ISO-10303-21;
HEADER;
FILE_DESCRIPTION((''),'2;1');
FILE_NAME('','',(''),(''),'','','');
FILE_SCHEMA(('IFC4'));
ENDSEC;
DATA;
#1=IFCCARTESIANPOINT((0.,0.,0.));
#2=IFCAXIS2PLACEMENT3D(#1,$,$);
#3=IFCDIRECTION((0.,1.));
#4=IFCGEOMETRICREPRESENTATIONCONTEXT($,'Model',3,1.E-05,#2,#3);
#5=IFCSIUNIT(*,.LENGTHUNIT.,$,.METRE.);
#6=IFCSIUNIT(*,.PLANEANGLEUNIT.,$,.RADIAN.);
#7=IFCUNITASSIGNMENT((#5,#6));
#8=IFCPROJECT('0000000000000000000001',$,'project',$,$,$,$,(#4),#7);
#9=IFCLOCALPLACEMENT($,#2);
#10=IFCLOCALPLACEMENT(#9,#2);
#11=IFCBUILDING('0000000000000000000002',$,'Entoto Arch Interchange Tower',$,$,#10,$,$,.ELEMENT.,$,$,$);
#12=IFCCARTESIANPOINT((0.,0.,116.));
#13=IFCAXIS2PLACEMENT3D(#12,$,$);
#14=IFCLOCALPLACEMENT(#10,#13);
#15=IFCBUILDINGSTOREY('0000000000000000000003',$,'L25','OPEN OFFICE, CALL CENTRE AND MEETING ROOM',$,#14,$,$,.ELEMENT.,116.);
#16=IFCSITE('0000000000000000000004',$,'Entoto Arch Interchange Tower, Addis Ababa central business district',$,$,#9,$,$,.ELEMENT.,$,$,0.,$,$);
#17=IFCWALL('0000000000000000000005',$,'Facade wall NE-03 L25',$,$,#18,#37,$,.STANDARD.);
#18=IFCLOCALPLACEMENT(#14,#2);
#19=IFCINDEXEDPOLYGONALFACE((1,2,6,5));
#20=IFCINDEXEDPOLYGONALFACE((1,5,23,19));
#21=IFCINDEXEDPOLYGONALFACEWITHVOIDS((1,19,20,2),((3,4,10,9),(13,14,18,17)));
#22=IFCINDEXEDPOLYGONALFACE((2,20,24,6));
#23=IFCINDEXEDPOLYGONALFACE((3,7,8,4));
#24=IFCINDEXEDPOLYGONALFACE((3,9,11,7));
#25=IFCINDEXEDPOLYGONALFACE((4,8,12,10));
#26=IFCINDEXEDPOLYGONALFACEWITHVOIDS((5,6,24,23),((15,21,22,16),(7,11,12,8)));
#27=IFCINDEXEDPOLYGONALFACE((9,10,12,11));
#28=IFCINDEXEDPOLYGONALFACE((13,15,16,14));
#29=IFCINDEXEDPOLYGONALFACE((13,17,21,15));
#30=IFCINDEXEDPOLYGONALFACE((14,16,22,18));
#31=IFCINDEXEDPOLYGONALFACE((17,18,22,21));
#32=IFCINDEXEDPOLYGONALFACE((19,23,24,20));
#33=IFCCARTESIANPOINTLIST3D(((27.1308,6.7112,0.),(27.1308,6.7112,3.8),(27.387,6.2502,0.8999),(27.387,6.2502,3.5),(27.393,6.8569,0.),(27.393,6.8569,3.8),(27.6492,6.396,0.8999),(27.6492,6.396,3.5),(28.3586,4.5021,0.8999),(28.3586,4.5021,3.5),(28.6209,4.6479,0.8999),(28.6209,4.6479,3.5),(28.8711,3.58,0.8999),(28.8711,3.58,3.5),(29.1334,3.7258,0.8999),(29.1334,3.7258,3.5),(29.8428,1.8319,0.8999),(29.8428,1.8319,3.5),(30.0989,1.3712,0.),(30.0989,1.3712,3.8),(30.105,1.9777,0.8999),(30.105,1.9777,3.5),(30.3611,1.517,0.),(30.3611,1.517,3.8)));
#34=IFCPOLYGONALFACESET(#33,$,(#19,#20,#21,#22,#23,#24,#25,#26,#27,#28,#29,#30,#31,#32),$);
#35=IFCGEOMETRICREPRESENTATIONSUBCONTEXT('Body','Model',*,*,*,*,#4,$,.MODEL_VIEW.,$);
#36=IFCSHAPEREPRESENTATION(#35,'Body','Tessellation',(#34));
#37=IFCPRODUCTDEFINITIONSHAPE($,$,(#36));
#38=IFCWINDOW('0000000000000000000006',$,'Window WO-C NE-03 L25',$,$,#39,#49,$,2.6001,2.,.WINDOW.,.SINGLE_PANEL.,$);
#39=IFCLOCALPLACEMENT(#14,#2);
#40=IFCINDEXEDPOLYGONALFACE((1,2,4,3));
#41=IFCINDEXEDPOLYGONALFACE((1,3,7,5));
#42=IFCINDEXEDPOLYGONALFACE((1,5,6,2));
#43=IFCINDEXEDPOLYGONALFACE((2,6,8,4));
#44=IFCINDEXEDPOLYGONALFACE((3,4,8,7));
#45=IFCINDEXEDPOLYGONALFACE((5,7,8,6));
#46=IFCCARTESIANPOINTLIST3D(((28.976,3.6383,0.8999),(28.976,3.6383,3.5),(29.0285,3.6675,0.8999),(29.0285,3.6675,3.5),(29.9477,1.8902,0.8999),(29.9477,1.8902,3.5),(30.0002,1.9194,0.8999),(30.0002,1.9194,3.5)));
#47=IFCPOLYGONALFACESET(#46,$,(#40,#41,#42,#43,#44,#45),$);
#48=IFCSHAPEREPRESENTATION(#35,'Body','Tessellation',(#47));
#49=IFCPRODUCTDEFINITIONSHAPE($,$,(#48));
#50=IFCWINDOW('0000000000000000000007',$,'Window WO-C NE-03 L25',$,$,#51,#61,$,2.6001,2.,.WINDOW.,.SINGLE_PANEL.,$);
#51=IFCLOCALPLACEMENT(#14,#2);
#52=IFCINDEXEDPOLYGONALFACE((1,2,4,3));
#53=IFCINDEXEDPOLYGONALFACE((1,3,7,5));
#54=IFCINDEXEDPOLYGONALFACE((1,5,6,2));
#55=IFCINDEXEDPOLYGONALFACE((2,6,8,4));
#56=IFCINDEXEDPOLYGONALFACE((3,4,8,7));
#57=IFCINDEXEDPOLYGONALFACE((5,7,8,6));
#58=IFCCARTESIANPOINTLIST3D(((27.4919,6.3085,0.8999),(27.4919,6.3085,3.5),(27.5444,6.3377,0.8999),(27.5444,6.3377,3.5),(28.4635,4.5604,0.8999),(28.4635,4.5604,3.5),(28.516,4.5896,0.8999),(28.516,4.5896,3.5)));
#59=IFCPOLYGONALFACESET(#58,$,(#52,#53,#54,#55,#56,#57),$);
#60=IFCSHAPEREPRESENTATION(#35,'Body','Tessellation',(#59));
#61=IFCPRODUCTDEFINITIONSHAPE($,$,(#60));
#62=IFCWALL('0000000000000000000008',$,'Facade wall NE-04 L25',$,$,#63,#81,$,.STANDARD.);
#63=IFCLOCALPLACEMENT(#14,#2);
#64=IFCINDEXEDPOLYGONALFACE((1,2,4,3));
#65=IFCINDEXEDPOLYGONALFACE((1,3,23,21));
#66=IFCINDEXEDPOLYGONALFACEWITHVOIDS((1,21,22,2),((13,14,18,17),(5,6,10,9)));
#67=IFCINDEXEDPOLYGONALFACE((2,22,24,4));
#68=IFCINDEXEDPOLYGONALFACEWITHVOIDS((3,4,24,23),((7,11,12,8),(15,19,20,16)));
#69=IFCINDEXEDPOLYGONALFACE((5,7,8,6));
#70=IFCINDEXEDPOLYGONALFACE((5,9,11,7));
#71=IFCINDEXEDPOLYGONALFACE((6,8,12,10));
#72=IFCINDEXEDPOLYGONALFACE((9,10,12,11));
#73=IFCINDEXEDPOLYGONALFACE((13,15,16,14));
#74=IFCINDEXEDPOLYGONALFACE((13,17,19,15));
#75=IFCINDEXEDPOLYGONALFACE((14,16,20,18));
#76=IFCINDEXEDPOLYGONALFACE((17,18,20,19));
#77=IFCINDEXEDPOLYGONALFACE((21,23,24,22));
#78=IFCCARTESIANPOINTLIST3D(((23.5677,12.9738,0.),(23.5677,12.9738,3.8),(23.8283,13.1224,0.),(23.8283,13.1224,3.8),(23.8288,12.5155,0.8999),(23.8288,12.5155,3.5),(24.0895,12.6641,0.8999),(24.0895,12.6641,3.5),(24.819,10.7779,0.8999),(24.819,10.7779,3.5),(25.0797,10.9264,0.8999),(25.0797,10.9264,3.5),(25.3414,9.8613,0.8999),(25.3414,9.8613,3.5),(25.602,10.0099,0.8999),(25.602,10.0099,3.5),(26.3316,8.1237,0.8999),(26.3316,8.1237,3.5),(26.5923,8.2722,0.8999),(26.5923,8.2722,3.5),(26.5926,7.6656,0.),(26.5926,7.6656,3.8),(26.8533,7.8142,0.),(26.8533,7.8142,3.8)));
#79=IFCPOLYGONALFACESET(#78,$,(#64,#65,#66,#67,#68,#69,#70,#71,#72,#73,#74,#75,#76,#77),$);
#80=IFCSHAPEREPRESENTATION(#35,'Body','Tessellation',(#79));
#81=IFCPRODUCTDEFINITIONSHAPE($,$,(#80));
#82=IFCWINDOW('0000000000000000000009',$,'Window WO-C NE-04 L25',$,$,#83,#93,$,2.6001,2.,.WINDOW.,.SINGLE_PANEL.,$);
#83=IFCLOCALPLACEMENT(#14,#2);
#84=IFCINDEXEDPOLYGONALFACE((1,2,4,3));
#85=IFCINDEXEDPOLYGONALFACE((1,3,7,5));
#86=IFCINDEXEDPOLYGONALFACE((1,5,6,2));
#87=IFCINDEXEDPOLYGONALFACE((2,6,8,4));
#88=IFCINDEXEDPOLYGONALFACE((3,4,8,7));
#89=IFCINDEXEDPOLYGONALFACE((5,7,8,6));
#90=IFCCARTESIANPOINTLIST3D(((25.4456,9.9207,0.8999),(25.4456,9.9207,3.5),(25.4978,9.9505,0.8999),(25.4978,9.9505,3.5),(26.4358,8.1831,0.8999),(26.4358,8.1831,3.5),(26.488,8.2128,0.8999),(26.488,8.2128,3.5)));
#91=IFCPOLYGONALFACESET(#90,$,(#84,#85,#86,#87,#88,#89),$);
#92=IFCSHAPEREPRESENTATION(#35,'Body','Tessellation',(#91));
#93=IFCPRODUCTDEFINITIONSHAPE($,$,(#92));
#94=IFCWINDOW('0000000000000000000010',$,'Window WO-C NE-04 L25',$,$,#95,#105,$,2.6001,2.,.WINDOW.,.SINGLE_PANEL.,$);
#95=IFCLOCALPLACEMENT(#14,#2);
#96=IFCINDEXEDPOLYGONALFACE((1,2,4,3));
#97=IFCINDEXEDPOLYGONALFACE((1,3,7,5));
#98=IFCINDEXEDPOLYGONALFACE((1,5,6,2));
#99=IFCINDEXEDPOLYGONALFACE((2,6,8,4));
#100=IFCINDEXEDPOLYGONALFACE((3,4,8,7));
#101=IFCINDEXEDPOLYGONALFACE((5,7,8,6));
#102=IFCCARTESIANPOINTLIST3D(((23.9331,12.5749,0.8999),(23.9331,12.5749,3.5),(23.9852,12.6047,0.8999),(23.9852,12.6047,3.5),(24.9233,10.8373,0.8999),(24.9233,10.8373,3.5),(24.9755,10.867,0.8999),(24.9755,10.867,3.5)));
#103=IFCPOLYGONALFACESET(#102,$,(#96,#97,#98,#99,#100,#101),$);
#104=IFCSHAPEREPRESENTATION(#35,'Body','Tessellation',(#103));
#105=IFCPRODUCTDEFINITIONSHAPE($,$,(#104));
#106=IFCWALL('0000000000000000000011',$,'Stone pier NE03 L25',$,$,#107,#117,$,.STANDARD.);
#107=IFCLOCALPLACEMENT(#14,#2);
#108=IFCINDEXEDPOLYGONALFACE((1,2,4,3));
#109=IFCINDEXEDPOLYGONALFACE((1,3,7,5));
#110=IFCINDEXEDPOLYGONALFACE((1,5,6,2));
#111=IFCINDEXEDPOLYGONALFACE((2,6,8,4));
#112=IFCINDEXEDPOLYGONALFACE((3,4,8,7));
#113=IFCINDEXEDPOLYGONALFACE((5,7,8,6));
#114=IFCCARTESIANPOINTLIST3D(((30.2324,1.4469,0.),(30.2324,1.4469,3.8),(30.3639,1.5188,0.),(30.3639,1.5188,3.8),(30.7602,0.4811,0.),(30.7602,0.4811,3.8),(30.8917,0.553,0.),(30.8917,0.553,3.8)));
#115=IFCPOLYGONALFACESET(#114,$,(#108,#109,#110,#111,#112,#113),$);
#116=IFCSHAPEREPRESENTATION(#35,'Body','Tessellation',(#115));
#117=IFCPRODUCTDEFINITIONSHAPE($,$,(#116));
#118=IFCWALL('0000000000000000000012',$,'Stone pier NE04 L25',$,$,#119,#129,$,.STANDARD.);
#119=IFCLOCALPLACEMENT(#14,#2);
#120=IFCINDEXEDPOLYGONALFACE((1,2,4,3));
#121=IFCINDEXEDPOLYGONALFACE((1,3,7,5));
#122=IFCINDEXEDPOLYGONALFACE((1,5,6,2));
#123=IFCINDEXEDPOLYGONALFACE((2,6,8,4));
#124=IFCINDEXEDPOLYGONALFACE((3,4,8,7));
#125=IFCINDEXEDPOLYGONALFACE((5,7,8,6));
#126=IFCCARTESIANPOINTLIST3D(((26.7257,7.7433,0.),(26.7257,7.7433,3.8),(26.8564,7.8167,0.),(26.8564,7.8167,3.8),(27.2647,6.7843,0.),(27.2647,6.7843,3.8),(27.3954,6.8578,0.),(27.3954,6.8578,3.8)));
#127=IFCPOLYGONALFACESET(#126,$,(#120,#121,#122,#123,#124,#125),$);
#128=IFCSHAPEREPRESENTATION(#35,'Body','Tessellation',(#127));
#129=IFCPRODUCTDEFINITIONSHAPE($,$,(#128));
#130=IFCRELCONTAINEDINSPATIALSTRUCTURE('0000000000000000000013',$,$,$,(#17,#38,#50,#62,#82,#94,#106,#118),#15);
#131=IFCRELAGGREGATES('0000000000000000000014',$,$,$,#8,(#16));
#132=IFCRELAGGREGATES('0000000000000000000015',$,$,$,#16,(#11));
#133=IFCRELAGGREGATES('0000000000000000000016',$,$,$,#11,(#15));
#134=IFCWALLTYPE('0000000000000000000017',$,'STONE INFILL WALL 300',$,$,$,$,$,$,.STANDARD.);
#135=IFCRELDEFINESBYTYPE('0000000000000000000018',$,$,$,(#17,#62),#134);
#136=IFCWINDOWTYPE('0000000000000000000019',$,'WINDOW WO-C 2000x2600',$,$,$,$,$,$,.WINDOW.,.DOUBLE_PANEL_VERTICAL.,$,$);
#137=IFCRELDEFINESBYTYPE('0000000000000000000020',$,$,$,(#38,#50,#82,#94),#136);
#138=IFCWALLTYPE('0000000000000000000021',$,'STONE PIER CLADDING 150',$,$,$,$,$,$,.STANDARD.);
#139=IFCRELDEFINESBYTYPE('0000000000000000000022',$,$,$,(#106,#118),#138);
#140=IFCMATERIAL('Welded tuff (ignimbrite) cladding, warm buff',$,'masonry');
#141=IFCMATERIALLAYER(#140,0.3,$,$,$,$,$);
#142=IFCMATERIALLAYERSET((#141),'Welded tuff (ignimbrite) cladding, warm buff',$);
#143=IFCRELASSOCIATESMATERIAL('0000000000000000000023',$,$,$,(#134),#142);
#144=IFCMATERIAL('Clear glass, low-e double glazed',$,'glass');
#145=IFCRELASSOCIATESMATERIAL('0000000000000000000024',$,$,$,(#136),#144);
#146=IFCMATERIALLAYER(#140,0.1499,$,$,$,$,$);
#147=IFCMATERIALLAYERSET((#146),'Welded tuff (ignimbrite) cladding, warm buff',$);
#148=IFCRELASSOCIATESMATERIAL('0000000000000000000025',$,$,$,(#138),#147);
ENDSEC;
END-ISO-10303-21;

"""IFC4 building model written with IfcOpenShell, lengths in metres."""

from ifc_helpers import new_model, si_unit, direction, frame, frame_2d, origin, place, context, subcontext, project, spatial, rectangle, extrude, material, layer, layer_set, type_object, element, fill, save


model = new_model("IFC4")

# Units and contexts
model_context = context("Model", 3, precision=1e-05, world=origin(), true_north=direction((0.0, 1.0)))
body_context = subcontext(model_context, "Body", "Model", "MODEL_VIEW")
ifc_project = project(units=[si_unit("LENGTHUNIT", "METRE"), si_unit("PLANEANGLEUNIT", "RADIAN")], contexts=[model_context])

# Site, building, storey
site_placement = place(None, origin())
site = spatial("IfcSite", under=ifc_project, at=site_placement, Name="Entoto Arch Interchange Tower, Addis Ababa central business district", CompositionType="ELEMENT", RefElevation=0.0)
building_placement = place(site_placement, origin())
building = spatial("IfcBuilding", under=site, at=building_placement, Name="Entoto Arch Interchange Tower", CompositionType="ELEMENT")
storey_placement = place(building_placement, frame((0.0, 0.0, 116.0)))
storey = spatial("IfcBuildingStorey", under=building, at=storey_placement, Name="L25", Description="OPEN OFFICE, CALL CENTRE AND MEETING ROOM", CompositionType="ELEMENT", Elevation=116.0)

# Walls, openings, windows
ifc_material_1 = material(Name="Welded tuff (ignimbrite) cladding, warm buff", Category="masonry")
ifc_layer_1 = layer(ifc_material_1, 0.3)
ifc_layer_set_1 = layer_set([ifc_layer_1], Name="Welded tuff (ignimbrite) cladding, warm buff")
wall_type_1 = type_object("IfcWallType", Name="STONE INFILL WALL 300", PredefinedType="STANDARD", material=ifc_layer_set_1)
wall_1_placement = place(storey_placement, frame((30.23, 1.4441, 0.0), z_axis=(0.0, 0.0, 1.0), x_axis=(-0.485823, 0.874057, 0.0)))
wall_1 = element("IfcWall", 1, at=wall_1_placement, inside=storey, type_object=wall_type_1, Name="Facade wall NE-03 L25", PredefinedType="STANDARD", context=body_context, shape_type="SweptSolid", body=[
    extrude(rectangle(XDim=6.1094, YDim=0.3, at=frame_2d((3.0547, 0.0))), origin(), (0.0, 0.0, 1.0), 3.8),
])
opening_1_placement = place(wall_1_placement, frame((0.5271, 0.0, 0.8999)))
opening_1 = element("IfcOpeningElement", 2, at=opening_1_placement, cuts=wall_1, PredefinedType="OPENING", context=body_context, shape_type="SweptSolid", body=[
    extrude(rectangle(XDim=2.0, YDim=2.6001, at=frame_2d((1.0, 1.3))), frame((0.0, 0.1602, 0.0), z_axis=(0.0, -1.0, 0.0), x_axis=(1.0, 0.0, 0.0)), (0.0, 0.0, 1.0), 0.3201),
])
opening_2_placement = place(wall_1_placement, frame((3.582, 0.0, 0.8999)))
opening_2 = element("IfcOpeningElement", 3, at=opening_2_placement, cuts=wall_1, PredefinedType="OPENING", context=body_context, shape_type="SweptSolid", body=[
    extrude(rectangle(XDim=2.0, YDim=2.6001, at=frame_2d((1.0, 1.3))), frame((0.0, 0.1602, 0.0), z_axis=(0.0, -1.0, 0.0), x_axis=(1.0, 0.0, 0.0)), (0.0, 0.0, 1.0), 0.3201),
])
ifc_material_2 = material(Name="Clear glass, low-e double glazed", Category="glass")
window_type = type_object("IfcWindowType", Name="WINDOW WO-C 2000x2600", PartitioningType="DOUBLE_PANEL_VERTICAL", PredefinedType="WINDOW", material=ifc_material_2)
window_1_placement = place(opening_1_placement, origin())
window_1 = element("IfcWindow", 4, at=window_1_placement, inside=storey, type_object=window_type, Name="Window WO-C NE-03 L25", OverallHeight=2.6001, OverallWidth=2.0, PartitioningType="SINGLE_PANEL", PredefinedType="WINDOW", context=body_context, shape_type="SweptSolid", body=[
    extrude(rectangle(XDim=2.0, YDim=2.6001, at=frame_2d((1.0, 1.3))), frame((0.0, 0.03, 0.0), z_axis=(0.0, -1.0, 0.0), x_axis=(1.0, 0.0, 0.0)), (0.0, 0.0, 1.0), 0.0601),
])
fill(opening_1, window_1)
window_2_placement = place(opening_2_placement, origin())
window_2 = element("IfcWindow", 5, at=window_2_placement, inside=storey, type_object=window_type, Name="Window WO-C NE-03 L25", OverallHeight=2.6001, OverallWidth=2.0, PartitioningType="SINGLE_PANEL", PredefinedType="WINDOW", context=body_context, shape_type="SweptSolid", body=[
    extrude(rectangle(XDim=2.0, YDim=2.6001, at=frame_2d((1.0, 1.3))), frame((0.0, 0.03, 0.0), z_axis=(0.0, -1.0, 0.0), x_axis=(1.0, 0.0, 0.0)), (0.0, 0.0, 1.0), 0.0601),
])
fill(opening_2, window_2)
wall_2_placement = place(storey_placement, frame((26.7229, 7.74, 0.0), z_axis=(0.0, 0.0, 1.0), x_axis=(-0.495114, 0.868828, 0.0)))
wall_2 = element("IfcWall", 6, at=wall_2_placement, inside=storey, type_object=wall_type_1, Name="Facade wall NE-04 L25", PredefinedType="STANDARD", context=body_context, shape_type="SweptSolid", body=[
    extrude(rectangle(XDim=6.1096, YDim=0.3, at=frame_2d((3.0547, 0.0))), origin(), (0.0, 0.0, 1.0), 3.8),
])
opening_3_placement = place(wall_2_placement, frame((0.5271, 0.0, 0.8999)))
opening_3 = element("IfcOpeningElement", 7, at=opening_3_placement, cuts=wall_2, PredefinedType="OPENING", context=body_context, shape_type="SweptSolid", body=[
    extrude(rectangle(XDim=2.0, YDim=2.6001, at=frame_2d((1.0, 1.3))), frame((0.0, 0.1602, 0.0), z_axis=(0.0, -1.0, 0.0), x_axis=(1.0, 0.0, 0.0)), (0.0, 0.0, 1.0), 0.3201),
])
opening_4_placement = place(wall_2_placement, frame((3.582, 0.0, 0.8999)))
opening_4 = element("IfcOpeningElement", 8, at=opening_4_placement, cuts=wall_2, PredefinedType="OPENING", context=body_context, shape_type="SweptSolid", body=[
    extrude(rectangle(XDim=2.0, YDim=2.6001, at=frame_2d((1.0, 1.3))), frame((0.0, 0.1602, 0.0), z_axis=(0.0, -1.0, 0.0), x_axis=(1.0, 0.0, 0.0)), (0.0, 0.0, 1.0), 0.3201),
])
window_3_placement = place(opening_3_placement, origin())
window_3 = element("IfcWindow", 9, at=window_3_placement, inside=storey, type_object=window_type, Name="Window WO-C NE-04 L25", OverallHeight=2.6001, OverallWidth=2.0, PartitioningType="SINGLE_PANEL", PredefinedType="WINDOW", context=body_context, shape_type="SweptSolid", body=[
    extrude(rectangle(XDim=2.0, YDim=2.6001, at=frame_2d((1.0, 1.3))), frame((0.0, 0.03, 0.0), z_axis=(0.0, -1.0, 0.0), x_axis=(1.0, 0.0, 0.0)), (0.0, 0.0, 1.0), 0.0601),
])
fill(opening_3, window_3)
window_4_placement = place(opening_4_placement, origin())
window_4 = element("IfcWindow", 10, at=window_4_placement, inside=storey, type_object=window_type, Name="Window WO-C NE-04 L25", OverallHeight=2.6001, OverallWidth=2.0, PartitioningType="SINGLE_PANEL", PredefinedType="WINDOW", context=body_context, shape_type="SweptSolid", body=[
    extrude(rectangle(XDim=2.0, YDim=2.6001, at=frame_2d((1.0, 1.3))), frame((0.0, 0.03, 0.0), z_axis=(0.0, -1.0, 0.0), x_axis=(1.0, 0.0, 0.0)), (0.0, 0.0, 1.0), 0.0601),
])
fill(opening_4, window_4)

# Walls
ifc_layer_2 = layer(ifc_material_1, 0.1499)
ifc_layer_set_2 = layer_set([ifc_layer_2], Name="Welded tuff (ignimbrite) cladding, warm buff")
wall_type_2 = type_object("IfcWallType", Name="STONE PIER CLADDING 150", PredefinedType="STANDARD", material=ifc_layer_set_2)
wall_3_placement = place(storey_placement, frame((30.8259, 0.5171, 0.0), z_axis=(0.0, 0.0, 1.0), x_axis=(-0.479567, 0.877505, 0.0)))
element("IfcWall", 11, at=wall_3_placement, inside=storey, type_object=wall_type_2, Name="Stone pier NE03 L25", PredefinedType="STANDARD", context=body_context, shape_type="SweptSolid", body=[
    extrude(rectangle(XDim=1.1006, YDim=0.1499, at=frame_2d((0.5503, 0.0))), origin(), (0.0, 0.0, 1.0), 3.8),
])
wall_4_placement = place(storey_placement, frame((27.3301, 6.821, 0.0), z_axis=(0.0, 0.0, 1.0), x_axis=(-0.490008, 0.871718, 0.0)))
element("IfcWall", 12, at=wall_4_placement, inside=storey, type_object=wall_type_2, Name="Stone pier NE04 L25", PredefinedType="STANDARD", context=body_context, shape_type="SweptSolid", body=[
    extrude(rectangle(XDim=1.1001, YDim=0.1499, at=frame_2d((0.55, 0.0))), origin(), (0.0, 0.0, 1.0), 3.8),
])

save(model, "model.ifc")
